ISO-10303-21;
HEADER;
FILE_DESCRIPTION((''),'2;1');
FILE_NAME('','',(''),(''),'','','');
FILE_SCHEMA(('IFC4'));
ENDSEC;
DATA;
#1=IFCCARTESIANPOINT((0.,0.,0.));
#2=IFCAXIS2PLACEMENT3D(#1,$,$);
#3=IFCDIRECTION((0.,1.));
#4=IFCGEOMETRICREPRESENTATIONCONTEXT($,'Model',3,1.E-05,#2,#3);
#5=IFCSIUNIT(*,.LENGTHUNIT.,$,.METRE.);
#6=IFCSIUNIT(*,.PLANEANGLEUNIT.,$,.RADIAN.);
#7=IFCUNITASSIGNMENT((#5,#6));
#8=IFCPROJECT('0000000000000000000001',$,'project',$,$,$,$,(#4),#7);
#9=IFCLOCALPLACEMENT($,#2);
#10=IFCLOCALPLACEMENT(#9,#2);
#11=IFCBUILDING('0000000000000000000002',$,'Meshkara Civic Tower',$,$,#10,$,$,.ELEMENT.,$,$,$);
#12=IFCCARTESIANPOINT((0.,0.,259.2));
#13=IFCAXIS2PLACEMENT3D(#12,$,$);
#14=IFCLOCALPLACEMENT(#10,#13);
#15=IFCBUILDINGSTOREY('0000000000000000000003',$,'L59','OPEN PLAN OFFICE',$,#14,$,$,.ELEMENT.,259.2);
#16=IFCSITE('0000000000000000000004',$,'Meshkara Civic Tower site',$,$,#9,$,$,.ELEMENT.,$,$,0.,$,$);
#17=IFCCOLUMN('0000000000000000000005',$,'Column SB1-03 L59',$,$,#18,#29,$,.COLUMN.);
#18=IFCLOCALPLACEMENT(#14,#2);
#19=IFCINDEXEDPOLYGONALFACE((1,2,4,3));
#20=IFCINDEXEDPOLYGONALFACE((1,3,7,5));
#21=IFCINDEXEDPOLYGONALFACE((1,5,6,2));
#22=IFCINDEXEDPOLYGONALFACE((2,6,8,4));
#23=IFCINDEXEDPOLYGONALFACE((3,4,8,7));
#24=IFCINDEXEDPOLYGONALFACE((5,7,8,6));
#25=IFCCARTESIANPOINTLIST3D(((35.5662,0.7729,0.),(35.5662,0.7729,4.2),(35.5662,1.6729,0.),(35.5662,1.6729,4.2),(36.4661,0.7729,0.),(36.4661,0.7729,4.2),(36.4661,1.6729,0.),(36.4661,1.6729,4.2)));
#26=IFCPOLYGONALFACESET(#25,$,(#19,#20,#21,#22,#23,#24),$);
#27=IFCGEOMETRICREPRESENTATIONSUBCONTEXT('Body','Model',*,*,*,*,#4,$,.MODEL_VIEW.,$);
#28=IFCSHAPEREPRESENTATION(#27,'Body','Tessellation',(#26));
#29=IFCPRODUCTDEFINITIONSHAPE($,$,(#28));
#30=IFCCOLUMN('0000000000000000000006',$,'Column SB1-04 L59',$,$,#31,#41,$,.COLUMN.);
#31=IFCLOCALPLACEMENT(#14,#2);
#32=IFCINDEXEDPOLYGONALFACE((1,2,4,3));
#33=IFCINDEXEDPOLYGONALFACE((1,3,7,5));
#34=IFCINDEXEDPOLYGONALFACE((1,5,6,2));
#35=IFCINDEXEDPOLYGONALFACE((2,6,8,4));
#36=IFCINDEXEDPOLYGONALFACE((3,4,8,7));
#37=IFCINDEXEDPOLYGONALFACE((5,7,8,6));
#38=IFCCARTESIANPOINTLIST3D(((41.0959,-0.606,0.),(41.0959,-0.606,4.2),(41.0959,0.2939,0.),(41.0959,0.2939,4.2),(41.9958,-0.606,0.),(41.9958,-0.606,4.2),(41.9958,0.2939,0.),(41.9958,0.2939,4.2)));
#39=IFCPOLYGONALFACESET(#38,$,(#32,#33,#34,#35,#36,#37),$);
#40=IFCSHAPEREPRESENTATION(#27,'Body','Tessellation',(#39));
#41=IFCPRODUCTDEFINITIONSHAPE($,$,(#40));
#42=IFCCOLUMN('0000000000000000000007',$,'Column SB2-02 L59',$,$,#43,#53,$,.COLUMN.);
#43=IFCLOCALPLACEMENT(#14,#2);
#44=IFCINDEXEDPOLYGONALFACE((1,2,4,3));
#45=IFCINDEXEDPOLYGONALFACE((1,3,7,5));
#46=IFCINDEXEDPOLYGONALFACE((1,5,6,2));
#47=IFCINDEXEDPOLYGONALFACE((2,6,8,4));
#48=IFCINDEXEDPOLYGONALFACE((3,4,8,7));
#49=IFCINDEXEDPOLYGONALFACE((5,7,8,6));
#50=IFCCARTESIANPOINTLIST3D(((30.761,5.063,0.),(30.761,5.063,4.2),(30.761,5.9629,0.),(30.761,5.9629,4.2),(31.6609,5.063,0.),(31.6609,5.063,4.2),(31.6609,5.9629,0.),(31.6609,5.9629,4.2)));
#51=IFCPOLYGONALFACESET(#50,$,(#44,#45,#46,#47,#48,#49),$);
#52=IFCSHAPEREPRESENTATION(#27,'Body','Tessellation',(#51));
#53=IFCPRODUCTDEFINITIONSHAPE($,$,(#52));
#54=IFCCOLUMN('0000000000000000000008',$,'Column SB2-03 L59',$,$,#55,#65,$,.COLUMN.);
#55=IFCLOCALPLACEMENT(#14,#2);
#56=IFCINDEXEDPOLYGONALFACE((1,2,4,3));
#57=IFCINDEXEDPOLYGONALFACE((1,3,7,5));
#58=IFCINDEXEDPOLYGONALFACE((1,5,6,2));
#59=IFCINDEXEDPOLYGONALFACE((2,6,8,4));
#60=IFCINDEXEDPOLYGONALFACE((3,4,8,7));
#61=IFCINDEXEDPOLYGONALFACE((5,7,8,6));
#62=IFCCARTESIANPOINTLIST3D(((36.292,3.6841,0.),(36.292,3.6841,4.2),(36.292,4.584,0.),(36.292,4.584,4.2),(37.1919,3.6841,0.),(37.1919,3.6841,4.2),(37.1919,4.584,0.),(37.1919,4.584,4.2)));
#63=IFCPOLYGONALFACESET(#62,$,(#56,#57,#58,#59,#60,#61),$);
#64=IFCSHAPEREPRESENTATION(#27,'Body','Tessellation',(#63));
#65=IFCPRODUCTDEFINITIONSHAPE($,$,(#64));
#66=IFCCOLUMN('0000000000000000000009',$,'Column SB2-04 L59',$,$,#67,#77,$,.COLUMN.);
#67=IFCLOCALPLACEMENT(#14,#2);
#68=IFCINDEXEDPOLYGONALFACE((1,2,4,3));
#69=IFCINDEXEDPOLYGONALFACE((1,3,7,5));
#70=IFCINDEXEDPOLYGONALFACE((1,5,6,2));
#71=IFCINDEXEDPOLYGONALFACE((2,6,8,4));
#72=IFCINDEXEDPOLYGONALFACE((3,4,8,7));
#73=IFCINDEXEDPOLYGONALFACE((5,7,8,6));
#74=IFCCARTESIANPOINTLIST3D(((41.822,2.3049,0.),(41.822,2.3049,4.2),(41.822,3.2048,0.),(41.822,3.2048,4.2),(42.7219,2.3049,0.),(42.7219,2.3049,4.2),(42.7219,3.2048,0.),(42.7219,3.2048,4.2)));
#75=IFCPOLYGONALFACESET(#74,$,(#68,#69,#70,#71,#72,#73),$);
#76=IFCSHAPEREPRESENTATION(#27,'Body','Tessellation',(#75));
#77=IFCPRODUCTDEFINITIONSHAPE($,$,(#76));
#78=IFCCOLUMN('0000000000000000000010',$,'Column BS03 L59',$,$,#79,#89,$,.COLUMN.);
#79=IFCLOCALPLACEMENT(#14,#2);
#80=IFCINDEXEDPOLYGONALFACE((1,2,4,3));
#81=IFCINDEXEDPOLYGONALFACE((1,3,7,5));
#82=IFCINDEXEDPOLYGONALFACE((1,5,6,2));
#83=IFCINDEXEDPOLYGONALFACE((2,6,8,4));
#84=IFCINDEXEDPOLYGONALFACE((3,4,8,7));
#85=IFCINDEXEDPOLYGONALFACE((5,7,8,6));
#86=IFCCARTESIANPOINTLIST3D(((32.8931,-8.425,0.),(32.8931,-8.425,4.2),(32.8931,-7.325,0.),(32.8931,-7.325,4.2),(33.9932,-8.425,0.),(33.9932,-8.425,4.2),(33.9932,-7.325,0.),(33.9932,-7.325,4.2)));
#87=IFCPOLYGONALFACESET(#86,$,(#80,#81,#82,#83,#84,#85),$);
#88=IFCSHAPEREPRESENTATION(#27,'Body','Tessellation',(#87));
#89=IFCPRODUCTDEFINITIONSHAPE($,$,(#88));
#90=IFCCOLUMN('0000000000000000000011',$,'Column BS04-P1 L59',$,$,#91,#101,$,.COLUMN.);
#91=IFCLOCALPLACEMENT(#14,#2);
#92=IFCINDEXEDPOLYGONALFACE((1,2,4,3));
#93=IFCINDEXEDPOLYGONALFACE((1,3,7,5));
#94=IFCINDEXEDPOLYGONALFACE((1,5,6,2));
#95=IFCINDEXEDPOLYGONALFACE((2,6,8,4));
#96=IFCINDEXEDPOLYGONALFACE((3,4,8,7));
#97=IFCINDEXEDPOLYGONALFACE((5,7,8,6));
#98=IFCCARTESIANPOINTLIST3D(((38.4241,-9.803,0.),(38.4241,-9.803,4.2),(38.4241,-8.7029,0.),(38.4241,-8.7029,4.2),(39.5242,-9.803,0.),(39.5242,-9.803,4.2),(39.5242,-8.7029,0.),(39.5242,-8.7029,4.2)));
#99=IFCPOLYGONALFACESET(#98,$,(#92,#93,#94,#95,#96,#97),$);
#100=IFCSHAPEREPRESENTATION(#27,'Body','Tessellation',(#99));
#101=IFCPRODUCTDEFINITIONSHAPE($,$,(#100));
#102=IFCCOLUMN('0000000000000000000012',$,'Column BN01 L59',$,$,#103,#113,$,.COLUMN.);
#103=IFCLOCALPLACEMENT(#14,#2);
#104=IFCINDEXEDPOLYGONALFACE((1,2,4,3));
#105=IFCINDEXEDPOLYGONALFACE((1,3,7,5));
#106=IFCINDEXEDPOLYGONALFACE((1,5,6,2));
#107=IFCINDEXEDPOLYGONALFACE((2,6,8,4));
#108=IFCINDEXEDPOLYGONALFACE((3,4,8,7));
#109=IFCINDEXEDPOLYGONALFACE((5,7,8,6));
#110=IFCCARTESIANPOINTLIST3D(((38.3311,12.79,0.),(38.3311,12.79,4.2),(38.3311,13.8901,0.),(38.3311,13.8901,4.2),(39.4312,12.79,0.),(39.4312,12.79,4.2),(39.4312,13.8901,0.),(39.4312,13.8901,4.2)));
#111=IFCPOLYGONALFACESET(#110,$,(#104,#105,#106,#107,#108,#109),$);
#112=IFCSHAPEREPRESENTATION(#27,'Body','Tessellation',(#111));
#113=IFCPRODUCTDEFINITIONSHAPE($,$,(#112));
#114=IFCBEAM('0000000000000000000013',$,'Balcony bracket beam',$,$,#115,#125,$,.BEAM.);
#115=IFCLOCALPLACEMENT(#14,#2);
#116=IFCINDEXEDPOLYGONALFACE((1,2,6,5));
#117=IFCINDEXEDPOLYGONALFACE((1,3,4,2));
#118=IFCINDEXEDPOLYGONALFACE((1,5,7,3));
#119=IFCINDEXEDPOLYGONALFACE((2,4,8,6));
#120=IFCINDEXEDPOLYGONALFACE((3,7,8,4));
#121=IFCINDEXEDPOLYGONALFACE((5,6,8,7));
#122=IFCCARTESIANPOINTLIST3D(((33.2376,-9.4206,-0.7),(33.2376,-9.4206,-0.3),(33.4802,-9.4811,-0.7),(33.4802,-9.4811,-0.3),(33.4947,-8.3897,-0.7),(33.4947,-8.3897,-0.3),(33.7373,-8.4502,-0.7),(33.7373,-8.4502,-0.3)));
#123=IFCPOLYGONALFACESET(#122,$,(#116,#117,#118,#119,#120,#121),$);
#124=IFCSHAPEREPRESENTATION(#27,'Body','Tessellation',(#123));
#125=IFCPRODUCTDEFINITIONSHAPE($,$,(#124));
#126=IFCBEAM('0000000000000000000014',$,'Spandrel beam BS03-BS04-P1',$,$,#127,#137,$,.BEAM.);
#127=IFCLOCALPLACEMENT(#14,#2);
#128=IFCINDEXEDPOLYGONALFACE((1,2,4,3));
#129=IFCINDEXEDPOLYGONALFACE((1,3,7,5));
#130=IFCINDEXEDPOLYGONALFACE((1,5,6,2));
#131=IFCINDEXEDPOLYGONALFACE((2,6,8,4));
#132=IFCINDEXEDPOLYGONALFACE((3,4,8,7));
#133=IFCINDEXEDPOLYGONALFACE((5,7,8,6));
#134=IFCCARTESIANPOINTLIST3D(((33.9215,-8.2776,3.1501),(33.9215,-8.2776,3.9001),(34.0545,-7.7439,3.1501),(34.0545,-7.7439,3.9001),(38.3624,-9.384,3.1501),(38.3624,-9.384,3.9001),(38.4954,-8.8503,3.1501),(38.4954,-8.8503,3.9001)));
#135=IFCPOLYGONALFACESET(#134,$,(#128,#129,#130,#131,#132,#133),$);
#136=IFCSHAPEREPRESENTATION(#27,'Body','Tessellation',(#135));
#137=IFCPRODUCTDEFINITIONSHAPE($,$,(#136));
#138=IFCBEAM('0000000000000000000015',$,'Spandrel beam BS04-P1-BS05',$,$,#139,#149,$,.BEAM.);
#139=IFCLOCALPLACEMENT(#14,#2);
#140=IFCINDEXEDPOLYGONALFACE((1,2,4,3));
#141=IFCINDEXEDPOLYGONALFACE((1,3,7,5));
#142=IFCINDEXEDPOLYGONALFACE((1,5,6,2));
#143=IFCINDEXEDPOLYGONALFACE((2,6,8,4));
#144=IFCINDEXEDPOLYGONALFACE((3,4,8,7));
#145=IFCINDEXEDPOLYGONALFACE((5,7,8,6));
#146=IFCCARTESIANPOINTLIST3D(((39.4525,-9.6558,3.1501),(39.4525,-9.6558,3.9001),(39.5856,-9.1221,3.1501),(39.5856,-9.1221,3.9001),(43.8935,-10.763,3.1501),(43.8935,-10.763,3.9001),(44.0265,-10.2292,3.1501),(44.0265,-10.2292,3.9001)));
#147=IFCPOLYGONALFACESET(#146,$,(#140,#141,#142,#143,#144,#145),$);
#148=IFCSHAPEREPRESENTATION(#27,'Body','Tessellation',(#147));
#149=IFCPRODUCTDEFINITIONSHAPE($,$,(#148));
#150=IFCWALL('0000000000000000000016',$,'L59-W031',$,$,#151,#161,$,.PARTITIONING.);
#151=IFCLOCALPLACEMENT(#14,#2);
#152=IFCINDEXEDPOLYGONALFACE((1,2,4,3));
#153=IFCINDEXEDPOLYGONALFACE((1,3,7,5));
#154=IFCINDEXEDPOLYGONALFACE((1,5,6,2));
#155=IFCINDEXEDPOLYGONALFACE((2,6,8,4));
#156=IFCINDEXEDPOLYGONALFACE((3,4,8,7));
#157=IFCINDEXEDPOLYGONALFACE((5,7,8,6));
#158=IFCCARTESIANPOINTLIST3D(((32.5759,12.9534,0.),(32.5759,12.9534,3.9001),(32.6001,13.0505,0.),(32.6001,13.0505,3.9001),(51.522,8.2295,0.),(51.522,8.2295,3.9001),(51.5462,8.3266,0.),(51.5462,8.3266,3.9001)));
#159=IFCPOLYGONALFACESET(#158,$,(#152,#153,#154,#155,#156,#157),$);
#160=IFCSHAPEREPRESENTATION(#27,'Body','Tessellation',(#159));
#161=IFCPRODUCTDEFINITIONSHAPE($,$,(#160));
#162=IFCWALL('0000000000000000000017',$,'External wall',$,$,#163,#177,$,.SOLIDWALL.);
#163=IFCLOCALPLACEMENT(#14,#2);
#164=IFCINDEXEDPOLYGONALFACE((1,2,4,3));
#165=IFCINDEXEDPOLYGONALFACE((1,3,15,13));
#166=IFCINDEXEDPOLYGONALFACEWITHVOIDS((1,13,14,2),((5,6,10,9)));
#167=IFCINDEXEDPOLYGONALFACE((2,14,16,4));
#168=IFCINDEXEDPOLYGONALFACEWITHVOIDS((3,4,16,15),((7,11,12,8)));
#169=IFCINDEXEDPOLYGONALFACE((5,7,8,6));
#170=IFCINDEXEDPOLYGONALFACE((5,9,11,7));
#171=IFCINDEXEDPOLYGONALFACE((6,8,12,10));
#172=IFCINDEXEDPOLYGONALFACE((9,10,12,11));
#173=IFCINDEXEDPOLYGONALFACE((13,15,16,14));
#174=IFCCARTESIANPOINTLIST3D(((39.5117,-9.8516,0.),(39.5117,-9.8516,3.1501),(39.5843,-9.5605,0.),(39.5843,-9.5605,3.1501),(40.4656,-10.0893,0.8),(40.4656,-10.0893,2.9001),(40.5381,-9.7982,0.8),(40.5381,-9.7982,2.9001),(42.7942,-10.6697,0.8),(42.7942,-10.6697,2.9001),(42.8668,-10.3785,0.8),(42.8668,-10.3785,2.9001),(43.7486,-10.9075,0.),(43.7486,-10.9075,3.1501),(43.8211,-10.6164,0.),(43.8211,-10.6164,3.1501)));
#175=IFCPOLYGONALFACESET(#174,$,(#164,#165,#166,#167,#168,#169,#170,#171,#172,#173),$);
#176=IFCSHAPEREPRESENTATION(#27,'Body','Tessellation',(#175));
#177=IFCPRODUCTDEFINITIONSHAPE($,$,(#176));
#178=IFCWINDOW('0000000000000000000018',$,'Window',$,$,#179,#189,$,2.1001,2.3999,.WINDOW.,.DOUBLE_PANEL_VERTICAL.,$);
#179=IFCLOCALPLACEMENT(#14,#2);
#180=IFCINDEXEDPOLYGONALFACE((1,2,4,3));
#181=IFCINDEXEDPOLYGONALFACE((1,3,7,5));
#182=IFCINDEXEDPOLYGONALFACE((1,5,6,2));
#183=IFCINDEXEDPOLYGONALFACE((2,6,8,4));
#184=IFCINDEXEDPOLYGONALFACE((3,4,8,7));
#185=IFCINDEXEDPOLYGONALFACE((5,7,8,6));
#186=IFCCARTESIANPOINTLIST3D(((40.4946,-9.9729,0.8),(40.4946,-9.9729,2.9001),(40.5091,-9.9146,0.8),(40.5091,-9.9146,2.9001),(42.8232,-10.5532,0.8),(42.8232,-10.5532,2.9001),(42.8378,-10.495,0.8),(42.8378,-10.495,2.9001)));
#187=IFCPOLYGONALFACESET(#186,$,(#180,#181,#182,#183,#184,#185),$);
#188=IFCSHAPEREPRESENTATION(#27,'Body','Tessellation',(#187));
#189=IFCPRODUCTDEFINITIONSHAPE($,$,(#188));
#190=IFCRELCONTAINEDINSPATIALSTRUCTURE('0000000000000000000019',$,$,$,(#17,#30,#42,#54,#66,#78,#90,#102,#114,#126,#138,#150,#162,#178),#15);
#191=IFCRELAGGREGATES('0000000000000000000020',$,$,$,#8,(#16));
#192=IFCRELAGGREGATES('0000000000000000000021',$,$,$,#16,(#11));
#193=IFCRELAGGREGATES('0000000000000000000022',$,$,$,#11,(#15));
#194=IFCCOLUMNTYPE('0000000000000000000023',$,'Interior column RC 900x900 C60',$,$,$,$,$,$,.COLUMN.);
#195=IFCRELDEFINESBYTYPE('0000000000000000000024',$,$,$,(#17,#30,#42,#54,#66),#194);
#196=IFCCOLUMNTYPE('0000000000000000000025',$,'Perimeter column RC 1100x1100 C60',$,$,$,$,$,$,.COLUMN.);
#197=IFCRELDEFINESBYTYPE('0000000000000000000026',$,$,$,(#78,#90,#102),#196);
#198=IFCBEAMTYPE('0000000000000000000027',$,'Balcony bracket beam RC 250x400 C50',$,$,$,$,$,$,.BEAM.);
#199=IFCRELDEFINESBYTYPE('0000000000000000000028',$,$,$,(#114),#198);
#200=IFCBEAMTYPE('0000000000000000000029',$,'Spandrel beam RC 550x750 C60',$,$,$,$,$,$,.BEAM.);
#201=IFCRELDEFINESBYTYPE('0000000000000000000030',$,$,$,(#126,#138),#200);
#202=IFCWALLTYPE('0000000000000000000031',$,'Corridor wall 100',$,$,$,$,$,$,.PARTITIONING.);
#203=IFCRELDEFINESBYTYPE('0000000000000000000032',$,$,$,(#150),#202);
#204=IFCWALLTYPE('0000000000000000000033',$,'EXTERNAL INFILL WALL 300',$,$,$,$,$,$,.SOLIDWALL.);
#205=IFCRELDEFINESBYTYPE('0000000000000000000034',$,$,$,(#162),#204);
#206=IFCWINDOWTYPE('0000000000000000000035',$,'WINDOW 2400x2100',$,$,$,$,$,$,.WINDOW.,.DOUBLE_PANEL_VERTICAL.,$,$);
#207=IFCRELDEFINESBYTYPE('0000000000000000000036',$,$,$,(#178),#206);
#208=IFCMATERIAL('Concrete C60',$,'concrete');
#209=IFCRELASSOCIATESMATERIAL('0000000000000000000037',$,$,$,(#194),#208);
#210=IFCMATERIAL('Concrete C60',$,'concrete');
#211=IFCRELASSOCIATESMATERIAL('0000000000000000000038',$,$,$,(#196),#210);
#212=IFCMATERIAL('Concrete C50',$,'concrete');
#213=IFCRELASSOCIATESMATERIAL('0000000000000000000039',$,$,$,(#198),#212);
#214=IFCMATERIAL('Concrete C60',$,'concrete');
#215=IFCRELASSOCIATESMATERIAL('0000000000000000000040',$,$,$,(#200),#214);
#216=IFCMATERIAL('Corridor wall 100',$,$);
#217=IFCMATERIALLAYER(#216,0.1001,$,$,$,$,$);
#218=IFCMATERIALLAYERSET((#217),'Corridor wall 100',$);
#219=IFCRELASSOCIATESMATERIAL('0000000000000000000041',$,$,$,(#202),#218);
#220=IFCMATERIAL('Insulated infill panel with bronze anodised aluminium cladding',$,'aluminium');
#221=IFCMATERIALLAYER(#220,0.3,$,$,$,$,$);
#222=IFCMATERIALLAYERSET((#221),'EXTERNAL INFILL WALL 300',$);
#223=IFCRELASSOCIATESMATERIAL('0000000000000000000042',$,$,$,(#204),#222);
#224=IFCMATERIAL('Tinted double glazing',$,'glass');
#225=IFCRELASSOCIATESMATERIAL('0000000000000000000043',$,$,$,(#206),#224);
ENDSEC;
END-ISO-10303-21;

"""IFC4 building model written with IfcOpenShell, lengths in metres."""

from ifc_helpers import new_model, si_unit, direction, frame, frame_2d, origin, origin_2d, place, context, subcontext, project, spatial, rectangle, extrude, material, layer, layer_set, material_profile, profile_set, type_object, element, fill, save


model = new_model("IFC4")

# Units and contexts
model_context = context("Model", 3, precision=1e-05, world=origin(), true_north=direction((0.0, 1.0)))
body_context = subcontext(model_context, "Body", "Model", "MODEL_VIEW")
ifc_project = project(units=[si_unit("LENGTHUNIT", "METRE"), si_unit("PLANEANGLEUNIT", "RADIAN")], contexts=[model_context])

# Site, building, storey
site_placement = place(None, origin())
site = spatial("IfcSite", under=ifc_project, at=site_placement, Name="Meshkara Civic Tower site", CompositionType="ELEMENT", RefElevation=0.0)
building_placement = place(site_placement, origin())
building = spatial("IfcBuilding", under=site, at=building_placement, Name="Meshkara Civic Tower", CompositionType="ELEMENT")
storey_placement = place(building_placement, frame((0.0, 0.0, 259.2)))
storey = spatial("IfcBuildingStorey", under=building, at=storey_placement, Name="L59", Description="OPEN PLAN OFFICE", CompositionType="ELEMENT", Elevation=259.2)

# Columns
ifc_material_1 = material(Name="Concrete C60", Category="concrete")
ifc_material_profile_1 = material_profile(ifc_material_1, rectangle(XDim=0.8999, YDim=0.8999, at=origin_2d()))
ifc_profile_set_1 = profile_set([ifc_material_profile_1], Name="Concrete C60")
column_type_1 = type_object("IfcColumnType", Name="Interior column RC 900x900 C60", PredefinedType="COLUMN", material=ifc_profile_set_1)
for number, where, z_axis, x_axis, name in (
    (1, (36.0161, 1.2229, 0.0), (0.0, 0.0, 1.0), (1.0, 0.0, 0.0), "Column SB1-03 L59"),
    (2, (41.5459, -0.156, 0.0), (0.0, 0.0, 1.0), (1.0, 0.0, 0.0), "Column SB1-04 L59"),
    (3, (31.2109, 5.5129, 0.0), (0.0, 0.0, 1.0), (1.0, 0.0, 0.0), "Column SB2-02 L59"),
    (4, (36.7419, 4.134, 0.0), (0.0, 0.0, 1.0), (1.0, 0.0, 0.0), "Column SB2-03 L59"),
    (5, (42.272, 2.7549, 0.0), (0.0, 0.0, 1.0), (1.0, 0.0, 0.0), "Column SB2-04 L59"),
):
    element("IfcColumn", number, at=place(storey_placement, frame(where, z_axis=z_axis, x_axis=x_axis)), inside=storey, type_object=column_type_1, Name=name, PredefinedType="COLUMN", context=body_context, shape_type="SweptSolid", body=[
        extrude(rectangle(XDim=0.8999, YDim=0.8999, at=origin_2d()), origin(), (0.0, 0.0, 1.0), 4.2),
    ])
ifc_material_2 = material(Name="Concrete C60", Category="concrete")
ifc_material_profile_2 = material_profile(ifc_material_2, rectangle(XDim=1.1001, YDim=1.1001, at=origin_2d()))
ifc_profile_set_2 = profile_set([ifc_material_profile_2], Name="Concrete C60")
column_type_2 = type_object("IfcColumnType", Name="Perimeter column RC 1100x1100 C60", PredefinedType="COLUMN", material=ifc_profile_set_2)
for number, where, z_axis, x_axis, name in (
    (6, (33.4431, -7.875, 0.0), (0.0, 0.0, 1.0), (1.0, 0.0, 0.0), "Column BS03 L59"),
    (7, (38.9741, -9.2529, 0.0), (0.0, 0.0, 1.0), (1.0, 0.0, 0.0), "Column BS04-P1 L59"),
    (8, (38.8811, 13.3401, 0.0), (0.0, 0.0, 1.0), (1.0, 0.0, 0.0), "Column BN01 L59"),
):
    element("IfcColumn", number, at=place(storey_placement, frame(where, z_axis=z_axis, x_axis=x_axis)), inside=storey, type_object=column_type_2, Name=name, PredefinedType="COLUMN", context=body_context, shape_type="SweptSolid", body=[
        extrude(rectangle(XDim=1.1001, YDim=1.1001, at=origin_2d()), origin(), (0.0, 0.0, 1.0), 4.2),
    ])

# Beams
ifc_material_3 = material(Name="Concrete C50", Category="concrete")
ifc_material_profile_3 = material_profile(ifc_material_3, rectangle(XDim=0.25, YDim=0.3999, at=origin_2d()))
ifc_profile_set_3 = profile_set([ifc_material_profile_3], Name="Concrete C50")
beam_type_1 = type_object("IfcBeamType", Name="Balcony bracket beam RC 250x400 C50", PredefinedType="BEAM", material=ifc_profile_set_3)
beam_1_placement = place(storey_placement, frame((33.616, -8.4199, -0.5), z_axis=(-0.241941, -0.970291, 0.0), x_axis=(0.970291, -0.241941, 0.0)))
element("IfcBeam", 9, at=beam_1_placement, inside=storey, type_object=beam_type_1, Name="Balcony bracket beam", PredefinedType="BEAM", context=body_context, shape_type="SweptSolid", body=[
    extrude(rectangle(XDim=0.25, YDim=0.3999, at=origin_2d()), origin(), (0.0, 0.0, 1.0), 1.0625),
])
ifc_material_4 = material(Name="Concrete C60", Category="concrete")
ifc_material_profile_4 = material_profile(ifc_material_4, rectangle(XDim=0.55, YDim=0.75, at=origin_2d()))
ifc_profile_set_4 = profile_set([ifc_material_profile_4], Name="Concrete C60")
beam_type_2 = type_object("IfcBeamType", Name="Spandrel beam RC 550x750 C60", PredefinedType="BEAM", material=ifc_profile_set_4)
beam_2_placement = place(storey_placement, frame((33.988, -8.0107, 3.5251), z_axis=(0.970337, -0.241757, 0.0), x_axis=(0.241757, 0.970337, 0.0)))
element("IfcBeam", 10, at=beam_2_placement, inside=storey, type_object=beam_type_2, Name="Spandrel beam BS03-BS04-P1", PredefinedType="BEAM", context=body_context, shape_type="SweptSolid", body=[
    extrude(rectangle(XDim=0.55, YDim=0.75, at=origin_2d()), origin(), (0.0, 0.0, 1.0), 4.5767),
])
beam_3_placement = place(storey_placement, frame((39.519, -9.3889, 3.5251), z_axis=(0.970299, -0.241908, 0.0), x_axis=(0.241908, 0.970299, 0.0)))
element("IfcBeam", 11, at=beam_3_placement, inside=storey, type_object=beam_type_2, Name="Spandrel beam BS04-P1-BS05", PredefinedType="BEAM", context=body_context, shape_type="SweptSolid", body=[
    extrude(rectangle(XDim=0.55, YDim=0.75, at=origin_2d()), origin(), (0.0, 0.0, 1.0), 4.5769),
])

# Wall
ifc_material_5 = material(Name="Corridor wall 100")
ifc_layer_1 = layer(ifc_material_5, 0.1001)
ifc_layer_set_1 = layer_set([ifc_layer_1], Name="Corridor wall 100")
wall_type_1 = type_object("IfcWallType", Name="Corridor wall 100", PredefinedType="PARTITIONING", material=ifc_layer_set_1)
wall_1_placement = place(storey_placement, frame((32.5879, 13.002, 0.0), z_axis=(0.0, 0.0, 1.0), x_axis=(0.970295, -0.241927, 0.0)))
element("IfcWall", 12, at=wall_1_placement, inside=storey, type_object=wall_type_1, Name="L59-W031", PredefinedType="PARTITIONING", context=body_context, shape_type="SweptSolid", body=[
    extrude(rectangle(XDim=19.5261, YDim=0.1001, at=frame_2d((9.7632, 0.0))), origin(), (0.0, 0.0, 1.0), 3.9001),
])

# Wall, opening, window
ifc_material_6 = material(Name="Insulated infill panel with bronze anodised aluminium cladding", Category="aluminium")
ifc_layer_2 = layer(ifc_material_6, 0.3)
ifc_layer_set_2 = layer_set([ifc_layer_2], Name="EXTERNAL INFILL WALL 300")
wall_type_2 = type_object("IfcWallType", Name="EXTERNAL INFILL WALL 300", PredefinedType="SOLIDWALL", material=ifc_layer_set_2)
wall_2_placement = place(storey_placement, frame((39.5481, -9.7061, 0.0), z_axis=(0.0, 0.0, 1.0), x_axis=(0.97032, -0.241825, 0.0)))
wall_2 = element("IfcWall", 13, at=wall_2_placement, inside=storey, type_object=wall_type_2, Name="External wall", PredefinedType="SOLIDWALL", context=body_context, shape_type="SweptSolid", body=[
    extrude(rectangle(XDim=4.3665, YDim=0.3, at=frame_2d((2.1831, 0.0))), origin(), (0.0, 0.0, 1.0), 3.1501),
])
opening_1_placement = place(wall_2_placement, frame((0.9829, 0.0, 0.8)))
opening_1 = element("IfcOpeningElement", 14, at=opening_1_placement, cuts=wall_2, PredefinedType="OPENING", context=body_context, shape_type="SweptSolid", body=[
    extrude(rectangle(XDim=2.3999, YDim=2.1001, at=frame_2d((1.2, 1.05))), frame((0.0, 0.1599, 0.0), z_axis=(0.0, -1.0, 0.0), x_axis=(1.0, 0.0, 0.0)), (0.0, 0.0, 1.0), 0.3201),
])
ifc_material_7 = material(Name="Tinted double glazing", Category="glass")
window_type = type_object("IfcWindowType", Name="WINDOW 2400x2100", PartitioningType="DOUBLE_PANEL_VERTICAL", PredefinedType="WINDOW", material=ifc_material_7)
window_placement = place(opening_1_placement, origin())
window = element("IfcWindow", 15, at=window_placement, inside=storey, type_object=window_type, Name="Window", OverallHeight=2.1001, OverallWidth=2.3999, PartitioningType="DOUBLE_PANEL_VERTICAL", PredefinedType="WINDOW", context=body_context, shape_type="SweptSolid", body=[
    extrude(rectangle(XDim=2.3999, YDim=2.1001, at=frame_2d((1.2, 1.05))), frame((0.0, 0.03, 0.0), z_axis=(0.0, -1.0, 0.0), x_axis=(1.0, 0.0, 0.0)), (0.0, 0.0, 1.0), 0.0601),
])
fill(opening_1, window)

save(model, "model.ifc")
